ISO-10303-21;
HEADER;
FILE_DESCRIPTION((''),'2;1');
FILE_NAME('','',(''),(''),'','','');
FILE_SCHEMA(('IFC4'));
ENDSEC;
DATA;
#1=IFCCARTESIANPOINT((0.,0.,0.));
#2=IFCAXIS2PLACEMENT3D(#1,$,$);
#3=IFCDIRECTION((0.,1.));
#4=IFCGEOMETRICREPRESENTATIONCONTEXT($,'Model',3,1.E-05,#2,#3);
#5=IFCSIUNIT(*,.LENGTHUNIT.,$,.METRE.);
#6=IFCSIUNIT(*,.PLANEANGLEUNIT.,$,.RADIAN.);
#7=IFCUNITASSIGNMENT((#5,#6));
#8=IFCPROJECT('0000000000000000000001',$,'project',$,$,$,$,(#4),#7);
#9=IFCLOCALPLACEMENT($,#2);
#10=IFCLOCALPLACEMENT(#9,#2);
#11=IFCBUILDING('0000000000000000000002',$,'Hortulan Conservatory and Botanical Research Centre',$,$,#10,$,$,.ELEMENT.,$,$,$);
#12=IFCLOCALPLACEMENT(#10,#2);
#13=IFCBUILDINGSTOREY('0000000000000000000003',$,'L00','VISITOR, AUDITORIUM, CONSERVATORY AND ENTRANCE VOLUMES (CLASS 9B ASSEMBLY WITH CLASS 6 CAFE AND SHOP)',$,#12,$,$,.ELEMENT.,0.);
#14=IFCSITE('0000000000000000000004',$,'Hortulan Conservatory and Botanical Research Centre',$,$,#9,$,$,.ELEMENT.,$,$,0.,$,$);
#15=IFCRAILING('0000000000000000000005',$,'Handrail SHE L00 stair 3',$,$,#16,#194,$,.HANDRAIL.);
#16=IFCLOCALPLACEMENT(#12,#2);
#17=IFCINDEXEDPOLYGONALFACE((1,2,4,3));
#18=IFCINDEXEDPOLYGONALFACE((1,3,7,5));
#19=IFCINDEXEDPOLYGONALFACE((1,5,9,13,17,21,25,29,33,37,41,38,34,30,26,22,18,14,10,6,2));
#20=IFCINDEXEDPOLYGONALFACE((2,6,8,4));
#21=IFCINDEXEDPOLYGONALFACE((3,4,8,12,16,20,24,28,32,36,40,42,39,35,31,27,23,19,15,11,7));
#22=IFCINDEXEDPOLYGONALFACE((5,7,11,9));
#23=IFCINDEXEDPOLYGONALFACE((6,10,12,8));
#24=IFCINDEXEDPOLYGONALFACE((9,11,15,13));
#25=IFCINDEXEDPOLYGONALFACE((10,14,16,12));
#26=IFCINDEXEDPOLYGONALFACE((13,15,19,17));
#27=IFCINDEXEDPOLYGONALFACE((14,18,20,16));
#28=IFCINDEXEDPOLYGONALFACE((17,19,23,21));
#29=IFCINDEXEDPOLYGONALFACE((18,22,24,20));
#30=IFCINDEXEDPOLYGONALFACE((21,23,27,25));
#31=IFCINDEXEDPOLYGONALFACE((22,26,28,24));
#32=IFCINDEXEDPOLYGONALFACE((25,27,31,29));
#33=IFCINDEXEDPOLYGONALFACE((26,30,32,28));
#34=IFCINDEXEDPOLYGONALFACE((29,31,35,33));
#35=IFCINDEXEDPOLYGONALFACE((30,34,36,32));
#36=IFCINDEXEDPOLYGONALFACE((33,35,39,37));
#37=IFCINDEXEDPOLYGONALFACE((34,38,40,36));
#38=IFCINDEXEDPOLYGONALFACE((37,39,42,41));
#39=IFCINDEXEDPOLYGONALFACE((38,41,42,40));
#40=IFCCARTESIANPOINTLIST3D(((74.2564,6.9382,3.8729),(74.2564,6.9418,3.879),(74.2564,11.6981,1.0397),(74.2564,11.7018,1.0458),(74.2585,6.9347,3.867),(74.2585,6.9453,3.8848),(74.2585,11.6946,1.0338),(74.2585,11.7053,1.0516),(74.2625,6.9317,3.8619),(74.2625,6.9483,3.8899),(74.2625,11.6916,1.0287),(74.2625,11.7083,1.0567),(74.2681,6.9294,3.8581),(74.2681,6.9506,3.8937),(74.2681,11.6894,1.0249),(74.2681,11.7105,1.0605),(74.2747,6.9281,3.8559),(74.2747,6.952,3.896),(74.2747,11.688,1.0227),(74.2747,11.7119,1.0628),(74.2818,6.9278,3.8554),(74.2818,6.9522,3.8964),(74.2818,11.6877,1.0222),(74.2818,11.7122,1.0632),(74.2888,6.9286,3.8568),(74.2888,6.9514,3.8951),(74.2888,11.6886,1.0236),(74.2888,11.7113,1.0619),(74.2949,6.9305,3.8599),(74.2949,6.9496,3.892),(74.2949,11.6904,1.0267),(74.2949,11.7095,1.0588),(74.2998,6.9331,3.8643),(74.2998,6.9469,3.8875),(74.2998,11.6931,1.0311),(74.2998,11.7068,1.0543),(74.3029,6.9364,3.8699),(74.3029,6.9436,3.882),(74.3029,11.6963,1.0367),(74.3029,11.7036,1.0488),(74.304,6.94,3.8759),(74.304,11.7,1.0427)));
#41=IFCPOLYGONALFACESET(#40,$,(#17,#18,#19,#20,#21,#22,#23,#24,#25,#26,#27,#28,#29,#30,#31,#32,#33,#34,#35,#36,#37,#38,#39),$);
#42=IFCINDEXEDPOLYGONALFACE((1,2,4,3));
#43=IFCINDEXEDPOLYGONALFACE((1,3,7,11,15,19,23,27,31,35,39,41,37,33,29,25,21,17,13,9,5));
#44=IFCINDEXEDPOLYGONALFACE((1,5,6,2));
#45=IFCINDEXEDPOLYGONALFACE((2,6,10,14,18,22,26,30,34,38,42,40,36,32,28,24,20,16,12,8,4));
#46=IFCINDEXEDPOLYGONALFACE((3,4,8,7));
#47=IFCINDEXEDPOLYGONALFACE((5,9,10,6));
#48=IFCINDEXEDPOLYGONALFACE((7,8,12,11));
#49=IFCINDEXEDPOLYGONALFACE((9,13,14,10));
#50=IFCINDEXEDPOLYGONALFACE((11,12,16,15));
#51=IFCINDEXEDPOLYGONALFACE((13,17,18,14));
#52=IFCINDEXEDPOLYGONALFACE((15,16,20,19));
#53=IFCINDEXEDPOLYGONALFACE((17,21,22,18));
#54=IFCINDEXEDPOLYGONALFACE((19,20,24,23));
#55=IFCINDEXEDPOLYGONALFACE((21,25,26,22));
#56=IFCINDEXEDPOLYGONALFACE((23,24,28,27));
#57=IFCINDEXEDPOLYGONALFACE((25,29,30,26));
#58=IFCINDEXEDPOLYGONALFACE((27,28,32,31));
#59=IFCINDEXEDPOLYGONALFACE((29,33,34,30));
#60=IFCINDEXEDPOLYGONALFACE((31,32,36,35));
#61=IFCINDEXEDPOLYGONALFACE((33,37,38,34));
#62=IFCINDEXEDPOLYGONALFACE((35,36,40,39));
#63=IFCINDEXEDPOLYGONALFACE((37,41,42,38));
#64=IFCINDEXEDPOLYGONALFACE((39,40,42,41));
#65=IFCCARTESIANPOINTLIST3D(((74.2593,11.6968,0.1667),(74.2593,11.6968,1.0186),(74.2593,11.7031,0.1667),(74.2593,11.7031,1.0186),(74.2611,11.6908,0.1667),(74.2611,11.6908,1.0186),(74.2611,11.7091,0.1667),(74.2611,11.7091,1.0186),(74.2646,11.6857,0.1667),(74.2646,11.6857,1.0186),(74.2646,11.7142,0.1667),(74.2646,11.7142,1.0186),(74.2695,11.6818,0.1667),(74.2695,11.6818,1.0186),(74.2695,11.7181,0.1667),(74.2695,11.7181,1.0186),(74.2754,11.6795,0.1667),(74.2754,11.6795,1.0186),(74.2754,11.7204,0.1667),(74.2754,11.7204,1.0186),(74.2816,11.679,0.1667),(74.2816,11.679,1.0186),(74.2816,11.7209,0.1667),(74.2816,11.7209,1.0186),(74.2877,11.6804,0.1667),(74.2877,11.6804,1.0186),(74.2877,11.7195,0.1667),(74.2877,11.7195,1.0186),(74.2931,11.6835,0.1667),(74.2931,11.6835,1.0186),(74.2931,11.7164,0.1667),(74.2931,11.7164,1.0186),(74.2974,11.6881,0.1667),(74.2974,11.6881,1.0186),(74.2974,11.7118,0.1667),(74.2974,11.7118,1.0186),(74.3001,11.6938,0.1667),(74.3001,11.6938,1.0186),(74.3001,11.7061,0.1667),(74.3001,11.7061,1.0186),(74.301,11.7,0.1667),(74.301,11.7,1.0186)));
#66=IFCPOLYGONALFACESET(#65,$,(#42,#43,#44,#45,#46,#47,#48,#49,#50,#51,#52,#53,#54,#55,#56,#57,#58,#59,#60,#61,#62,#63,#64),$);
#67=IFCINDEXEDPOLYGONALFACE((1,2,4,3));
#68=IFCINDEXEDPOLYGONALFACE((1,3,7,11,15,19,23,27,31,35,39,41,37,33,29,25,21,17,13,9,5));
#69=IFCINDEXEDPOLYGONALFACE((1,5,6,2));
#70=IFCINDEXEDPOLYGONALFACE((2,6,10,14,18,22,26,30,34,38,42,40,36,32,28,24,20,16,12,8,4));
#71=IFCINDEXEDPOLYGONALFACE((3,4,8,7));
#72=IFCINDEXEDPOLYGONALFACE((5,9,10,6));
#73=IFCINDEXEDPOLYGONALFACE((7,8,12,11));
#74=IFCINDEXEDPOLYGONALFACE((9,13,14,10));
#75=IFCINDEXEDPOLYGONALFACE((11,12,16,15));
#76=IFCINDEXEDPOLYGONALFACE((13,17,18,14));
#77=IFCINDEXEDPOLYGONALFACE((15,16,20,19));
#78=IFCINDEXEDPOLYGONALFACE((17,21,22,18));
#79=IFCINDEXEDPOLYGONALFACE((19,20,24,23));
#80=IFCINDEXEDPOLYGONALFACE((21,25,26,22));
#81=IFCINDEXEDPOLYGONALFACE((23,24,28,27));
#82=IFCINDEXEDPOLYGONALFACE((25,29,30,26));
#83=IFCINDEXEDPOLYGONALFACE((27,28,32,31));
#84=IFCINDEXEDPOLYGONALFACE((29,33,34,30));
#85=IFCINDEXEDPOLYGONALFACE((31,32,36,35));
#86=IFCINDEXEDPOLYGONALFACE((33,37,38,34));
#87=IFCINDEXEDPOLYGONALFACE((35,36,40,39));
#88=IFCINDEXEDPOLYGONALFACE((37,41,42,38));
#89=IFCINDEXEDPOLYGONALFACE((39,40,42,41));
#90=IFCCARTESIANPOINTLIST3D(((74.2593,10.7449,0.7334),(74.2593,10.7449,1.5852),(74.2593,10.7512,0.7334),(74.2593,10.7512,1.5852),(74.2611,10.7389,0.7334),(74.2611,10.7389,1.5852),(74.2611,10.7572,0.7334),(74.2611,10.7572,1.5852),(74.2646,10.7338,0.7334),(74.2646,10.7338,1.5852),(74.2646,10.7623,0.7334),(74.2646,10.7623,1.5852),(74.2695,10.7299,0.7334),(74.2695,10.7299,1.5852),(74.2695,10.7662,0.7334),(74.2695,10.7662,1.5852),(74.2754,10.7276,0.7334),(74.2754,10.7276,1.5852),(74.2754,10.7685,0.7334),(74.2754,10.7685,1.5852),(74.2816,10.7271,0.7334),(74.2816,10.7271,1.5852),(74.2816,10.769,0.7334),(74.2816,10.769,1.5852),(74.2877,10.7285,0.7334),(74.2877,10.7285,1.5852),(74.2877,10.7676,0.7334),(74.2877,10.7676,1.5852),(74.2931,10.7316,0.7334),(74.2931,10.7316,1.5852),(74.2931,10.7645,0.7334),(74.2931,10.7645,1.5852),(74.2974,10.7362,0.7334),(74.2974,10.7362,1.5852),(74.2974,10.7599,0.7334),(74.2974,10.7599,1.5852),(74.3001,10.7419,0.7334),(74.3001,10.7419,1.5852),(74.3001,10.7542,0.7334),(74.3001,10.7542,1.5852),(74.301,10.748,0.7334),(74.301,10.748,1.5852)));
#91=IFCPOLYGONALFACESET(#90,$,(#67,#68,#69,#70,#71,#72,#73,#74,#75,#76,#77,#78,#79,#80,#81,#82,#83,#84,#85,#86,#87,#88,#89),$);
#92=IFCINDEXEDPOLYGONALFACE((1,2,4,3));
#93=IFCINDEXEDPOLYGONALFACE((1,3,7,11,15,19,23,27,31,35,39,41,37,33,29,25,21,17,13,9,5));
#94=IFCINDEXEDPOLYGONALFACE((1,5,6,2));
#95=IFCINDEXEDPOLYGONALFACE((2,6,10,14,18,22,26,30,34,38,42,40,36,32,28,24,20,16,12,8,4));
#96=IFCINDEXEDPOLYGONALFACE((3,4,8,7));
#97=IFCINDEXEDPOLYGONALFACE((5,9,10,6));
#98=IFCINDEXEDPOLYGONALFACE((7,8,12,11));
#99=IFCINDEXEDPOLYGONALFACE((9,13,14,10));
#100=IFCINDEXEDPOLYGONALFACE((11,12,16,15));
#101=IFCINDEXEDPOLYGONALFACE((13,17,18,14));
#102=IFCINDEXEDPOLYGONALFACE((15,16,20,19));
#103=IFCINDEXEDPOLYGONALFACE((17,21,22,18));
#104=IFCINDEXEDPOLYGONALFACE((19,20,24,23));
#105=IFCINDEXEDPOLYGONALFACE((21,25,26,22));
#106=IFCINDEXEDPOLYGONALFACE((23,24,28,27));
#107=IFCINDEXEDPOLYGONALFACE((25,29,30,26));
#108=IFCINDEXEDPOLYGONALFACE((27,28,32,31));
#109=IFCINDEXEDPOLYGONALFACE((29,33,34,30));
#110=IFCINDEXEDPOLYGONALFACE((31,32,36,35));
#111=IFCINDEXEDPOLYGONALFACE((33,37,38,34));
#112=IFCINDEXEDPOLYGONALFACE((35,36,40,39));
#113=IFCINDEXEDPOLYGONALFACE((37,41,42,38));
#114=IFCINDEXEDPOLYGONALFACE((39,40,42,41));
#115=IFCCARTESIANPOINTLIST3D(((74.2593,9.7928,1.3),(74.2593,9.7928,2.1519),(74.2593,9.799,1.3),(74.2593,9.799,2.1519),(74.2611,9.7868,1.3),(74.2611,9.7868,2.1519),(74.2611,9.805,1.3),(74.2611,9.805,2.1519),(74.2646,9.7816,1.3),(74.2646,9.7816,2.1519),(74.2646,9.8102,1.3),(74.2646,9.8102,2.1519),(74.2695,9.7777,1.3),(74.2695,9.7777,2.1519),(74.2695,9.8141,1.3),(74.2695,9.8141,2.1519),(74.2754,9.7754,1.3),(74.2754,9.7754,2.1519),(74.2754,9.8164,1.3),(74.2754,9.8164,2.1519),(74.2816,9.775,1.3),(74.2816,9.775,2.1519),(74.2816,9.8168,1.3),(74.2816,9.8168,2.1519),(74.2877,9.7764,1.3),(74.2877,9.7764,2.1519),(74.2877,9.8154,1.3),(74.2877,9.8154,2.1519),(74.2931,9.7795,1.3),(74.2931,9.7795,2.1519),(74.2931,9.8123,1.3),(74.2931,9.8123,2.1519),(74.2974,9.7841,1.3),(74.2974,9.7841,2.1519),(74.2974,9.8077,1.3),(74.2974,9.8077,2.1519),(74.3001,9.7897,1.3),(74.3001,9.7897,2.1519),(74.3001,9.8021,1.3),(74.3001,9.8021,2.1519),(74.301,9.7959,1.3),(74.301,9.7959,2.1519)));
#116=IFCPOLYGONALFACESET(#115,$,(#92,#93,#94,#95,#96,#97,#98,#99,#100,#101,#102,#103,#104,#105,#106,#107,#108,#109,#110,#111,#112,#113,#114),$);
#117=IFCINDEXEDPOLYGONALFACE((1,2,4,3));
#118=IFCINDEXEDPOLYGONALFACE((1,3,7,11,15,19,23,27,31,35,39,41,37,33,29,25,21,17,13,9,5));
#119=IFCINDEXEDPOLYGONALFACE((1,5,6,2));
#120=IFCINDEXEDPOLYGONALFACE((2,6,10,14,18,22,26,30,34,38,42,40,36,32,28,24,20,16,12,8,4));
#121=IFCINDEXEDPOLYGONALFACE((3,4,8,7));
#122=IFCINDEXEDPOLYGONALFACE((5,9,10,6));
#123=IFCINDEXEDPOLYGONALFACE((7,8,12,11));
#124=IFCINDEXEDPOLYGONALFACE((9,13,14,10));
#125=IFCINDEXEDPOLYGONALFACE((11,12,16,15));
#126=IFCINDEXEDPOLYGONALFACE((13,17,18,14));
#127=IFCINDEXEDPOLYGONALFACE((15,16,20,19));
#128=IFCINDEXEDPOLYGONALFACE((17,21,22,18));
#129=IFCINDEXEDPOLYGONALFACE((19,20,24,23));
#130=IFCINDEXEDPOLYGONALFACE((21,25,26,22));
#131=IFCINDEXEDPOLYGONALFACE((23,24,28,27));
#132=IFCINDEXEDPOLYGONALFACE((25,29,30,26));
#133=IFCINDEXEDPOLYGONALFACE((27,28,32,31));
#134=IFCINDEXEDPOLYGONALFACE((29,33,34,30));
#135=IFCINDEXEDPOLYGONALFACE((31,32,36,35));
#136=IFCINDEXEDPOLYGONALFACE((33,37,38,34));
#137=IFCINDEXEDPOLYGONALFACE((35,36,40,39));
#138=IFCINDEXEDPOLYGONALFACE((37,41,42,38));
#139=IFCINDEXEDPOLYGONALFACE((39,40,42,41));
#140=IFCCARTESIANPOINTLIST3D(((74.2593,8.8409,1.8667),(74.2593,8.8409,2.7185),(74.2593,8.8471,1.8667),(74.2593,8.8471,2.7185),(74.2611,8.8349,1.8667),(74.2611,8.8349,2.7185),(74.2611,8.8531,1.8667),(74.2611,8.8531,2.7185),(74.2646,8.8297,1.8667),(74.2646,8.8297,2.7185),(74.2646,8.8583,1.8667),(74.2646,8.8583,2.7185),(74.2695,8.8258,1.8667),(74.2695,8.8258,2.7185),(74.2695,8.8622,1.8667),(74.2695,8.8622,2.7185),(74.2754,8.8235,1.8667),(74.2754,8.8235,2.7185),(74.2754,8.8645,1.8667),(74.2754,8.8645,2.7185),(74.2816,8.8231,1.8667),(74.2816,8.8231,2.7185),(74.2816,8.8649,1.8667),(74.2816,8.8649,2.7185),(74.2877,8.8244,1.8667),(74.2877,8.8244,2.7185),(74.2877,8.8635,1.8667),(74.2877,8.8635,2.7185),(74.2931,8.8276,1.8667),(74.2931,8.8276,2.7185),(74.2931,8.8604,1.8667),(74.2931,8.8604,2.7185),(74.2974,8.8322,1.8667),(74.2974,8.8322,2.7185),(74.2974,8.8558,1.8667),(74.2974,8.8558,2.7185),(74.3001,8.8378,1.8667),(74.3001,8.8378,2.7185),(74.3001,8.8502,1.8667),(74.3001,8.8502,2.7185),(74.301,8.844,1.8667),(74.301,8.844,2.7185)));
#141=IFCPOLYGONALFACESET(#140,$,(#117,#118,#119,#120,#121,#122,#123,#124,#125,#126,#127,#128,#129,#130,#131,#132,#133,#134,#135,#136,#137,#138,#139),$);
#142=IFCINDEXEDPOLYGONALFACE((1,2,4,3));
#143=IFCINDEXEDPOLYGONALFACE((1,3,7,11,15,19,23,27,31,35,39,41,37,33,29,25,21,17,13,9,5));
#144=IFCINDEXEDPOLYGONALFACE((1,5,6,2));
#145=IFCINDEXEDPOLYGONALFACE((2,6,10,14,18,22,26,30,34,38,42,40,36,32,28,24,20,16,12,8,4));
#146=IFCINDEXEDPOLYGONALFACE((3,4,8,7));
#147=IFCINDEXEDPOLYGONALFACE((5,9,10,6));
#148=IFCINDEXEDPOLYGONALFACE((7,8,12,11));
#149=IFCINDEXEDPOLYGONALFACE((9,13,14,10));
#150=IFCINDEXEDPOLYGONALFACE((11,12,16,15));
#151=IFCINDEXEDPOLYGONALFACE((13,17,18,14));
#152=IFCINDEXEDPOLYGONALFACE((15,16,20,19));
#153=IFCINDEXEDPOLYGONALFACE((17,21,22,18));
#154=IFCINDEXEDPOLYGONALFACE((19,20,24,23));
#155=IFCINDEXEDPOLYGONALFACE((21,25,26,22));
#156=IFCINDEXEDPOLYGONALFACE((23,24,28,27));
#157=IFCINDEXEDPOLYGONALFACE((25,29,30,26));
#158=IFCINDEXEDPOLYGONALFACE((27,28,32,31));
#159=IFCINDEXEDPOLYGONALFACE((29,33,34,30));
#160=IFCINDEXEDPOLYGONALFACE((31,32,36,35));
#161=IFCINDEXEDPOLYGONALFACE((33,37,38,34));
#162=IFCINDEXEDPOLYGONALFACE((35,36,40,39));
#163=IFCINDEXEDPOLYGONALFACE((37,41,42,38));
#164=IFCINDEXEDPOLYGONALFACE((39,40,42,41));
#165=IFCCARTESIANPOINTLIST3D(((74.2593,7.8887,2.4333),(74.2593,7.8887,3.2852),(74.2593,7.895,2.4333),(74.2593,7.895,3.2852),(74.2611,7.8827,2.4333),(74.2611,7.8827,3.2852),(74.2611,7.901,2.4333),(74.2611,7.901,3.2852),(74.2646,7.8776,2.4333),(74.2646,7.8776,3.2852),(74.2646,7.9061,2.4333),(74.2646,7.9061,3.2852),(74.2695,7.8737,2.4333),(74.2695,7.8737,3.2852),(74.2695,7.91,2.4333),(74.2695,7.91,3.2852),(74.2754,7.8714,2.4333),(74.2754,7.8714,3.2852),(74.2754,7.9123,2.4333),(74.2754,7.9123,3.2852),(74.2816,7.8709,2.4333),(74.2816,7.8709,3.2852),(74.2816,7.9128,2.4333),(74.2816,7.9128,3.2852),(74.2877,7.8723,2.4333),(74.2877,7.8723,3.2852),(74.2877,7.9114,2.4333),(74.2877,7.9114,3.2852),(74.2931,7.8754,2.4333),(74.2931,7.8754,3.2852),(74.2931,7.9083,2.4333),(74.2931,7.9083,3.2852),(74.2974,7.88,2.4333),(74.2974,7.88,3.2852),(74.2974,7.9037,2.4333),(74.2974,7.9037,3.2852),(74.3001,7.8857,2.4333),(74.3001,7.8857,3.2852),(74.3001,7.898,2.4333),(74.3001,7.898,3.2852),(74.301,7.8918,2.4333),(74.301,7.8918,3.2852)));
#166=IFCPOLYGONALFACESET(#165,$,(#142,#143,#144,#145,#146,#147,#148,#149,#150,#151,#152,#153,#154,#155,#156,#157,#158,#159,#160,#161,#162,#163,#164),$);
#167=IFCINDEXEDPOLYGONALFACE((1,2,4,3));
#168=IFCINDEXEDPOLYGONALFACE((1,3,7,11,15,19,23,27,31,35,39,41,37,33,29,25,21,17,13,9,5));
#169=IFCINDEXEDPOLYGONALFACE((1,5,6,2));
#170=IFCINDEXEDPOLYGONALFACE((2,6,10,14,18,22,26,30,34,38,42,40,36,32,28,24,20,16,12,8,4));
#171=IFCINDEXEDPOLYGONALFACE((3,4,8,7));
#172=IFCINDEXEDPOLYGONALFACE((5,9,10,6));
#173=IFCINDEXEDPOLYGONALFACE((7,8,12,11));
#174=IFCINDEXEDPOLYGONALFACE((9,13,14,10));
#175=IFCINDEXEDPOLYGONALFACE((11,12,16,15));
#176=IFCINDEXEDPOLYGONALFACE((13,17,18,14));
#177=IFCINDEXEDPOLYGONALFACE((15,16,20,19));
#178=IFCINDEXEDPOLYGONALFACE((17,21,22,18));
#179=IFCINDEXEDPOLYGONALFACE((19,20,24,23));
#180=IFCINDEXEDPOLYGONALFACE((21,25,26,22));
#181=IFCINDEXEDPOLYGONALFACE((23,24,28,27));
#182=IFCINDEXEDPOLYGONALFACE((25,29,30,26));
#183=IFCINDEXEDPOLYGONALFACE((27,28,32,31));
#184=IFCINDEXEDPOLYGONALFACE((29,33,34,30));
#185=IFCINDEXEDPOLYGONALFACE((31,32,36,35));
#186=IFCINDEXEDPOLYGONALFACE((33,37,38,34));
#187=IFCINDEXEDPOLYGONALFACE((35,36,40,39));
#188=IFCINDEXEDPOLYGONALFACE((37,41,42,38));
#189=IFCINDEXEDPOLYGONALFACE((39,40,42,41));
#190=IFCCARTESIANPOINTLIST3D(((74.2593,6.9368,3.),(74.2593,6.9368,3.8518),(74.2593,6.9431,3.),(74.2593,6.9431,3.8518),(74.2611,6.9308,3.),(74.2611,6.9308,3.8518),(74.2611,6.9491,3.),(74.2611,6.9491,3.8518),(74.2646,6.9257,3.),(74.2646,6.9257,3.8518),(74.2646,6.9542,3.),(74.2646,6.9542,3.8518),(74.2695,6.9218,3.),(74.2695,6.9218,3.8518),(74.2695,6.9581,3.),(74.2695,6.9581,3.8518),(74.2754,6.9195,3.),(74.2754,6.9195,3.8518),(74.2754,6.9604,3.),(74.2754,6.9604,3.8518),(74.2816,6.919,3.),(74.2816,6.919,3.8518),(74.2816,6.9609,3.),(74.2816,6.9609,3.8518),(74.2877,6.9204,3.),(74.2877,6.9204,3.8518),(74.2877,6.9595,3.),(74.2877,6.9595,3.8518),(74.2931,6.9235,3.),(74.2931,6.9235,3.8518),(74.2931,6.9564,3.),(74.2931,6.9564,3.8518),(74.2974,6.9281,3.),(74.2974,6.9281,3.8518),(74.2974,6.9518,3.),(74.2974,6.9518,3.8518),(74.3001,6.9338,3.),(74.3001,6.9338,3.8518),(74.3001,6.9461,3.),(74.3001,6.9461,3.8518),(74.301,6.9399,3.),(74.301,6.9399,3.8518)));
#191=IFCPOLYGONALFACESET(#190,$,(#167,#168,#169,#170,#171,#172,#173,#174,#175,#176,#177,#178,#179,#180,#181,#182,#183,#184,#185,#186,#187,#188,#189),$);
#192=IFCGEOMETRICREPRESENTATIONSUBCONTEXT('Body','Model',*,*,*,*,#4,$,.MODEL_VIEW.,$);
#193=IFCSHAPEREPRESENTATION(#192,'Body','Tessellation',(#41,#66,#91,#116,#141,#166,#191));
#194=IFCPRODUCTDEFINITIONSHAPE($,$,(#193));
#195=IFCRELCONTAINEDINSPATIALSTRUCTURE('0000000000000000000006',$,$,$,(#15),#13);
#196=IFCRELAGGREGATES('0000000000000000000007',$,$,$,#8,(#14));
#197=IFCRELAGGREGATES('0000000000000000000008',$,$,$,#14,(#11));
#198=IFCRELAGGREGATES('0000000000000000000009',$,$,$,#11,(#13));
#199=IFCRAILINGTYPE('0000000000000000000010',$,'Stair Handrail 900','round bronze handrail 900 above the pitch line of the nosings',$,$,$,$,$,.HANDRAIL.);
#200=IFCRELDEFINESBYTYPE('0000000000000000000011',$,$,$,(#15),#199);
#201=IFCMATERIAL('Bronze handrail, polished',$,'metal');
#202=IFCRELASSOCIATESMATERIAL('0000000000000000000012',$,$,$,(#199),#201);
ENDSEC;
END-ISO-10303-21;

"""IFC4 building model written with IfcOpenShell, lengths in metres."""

from ifc_helpers import new_model, si_unit, direction, frame, origin, origin_2d, place, context, subcontext, project, spatial, circle, extrude, material, type_object, element, save


model = new_model("IFC4")

# Units and contexts
model_context = context("Model", 3, precision=1e-05, world=origin(), true_north=direction((0.0, 1.0)))
body_context = subcontext(model_context, "Body", "Model", "MODEL_VIEW")
ifc_project = project(units=[si_unit("LENGTHUNIT", "METRE"), si_unit("PLANEANGLEUNIT", "RADIAN")], contexts=[model_context])

# Site, building, storey
site_placement = place(None, origin())
site = spatial("IfcSite", under=ifc_project, at=site_placement, Name="Hortulan Conservatory and Botanical Research Centre", CompositionType="ELEMENT", RefElevation=0.0)
building_placement = place(site_placement, origin())
building = spatial("IfcBuilding", under=site, at=building_placement, Name="Hortulan Conservatory and Botanical Research Centre", CompositionType="ELEMENT")
storey_placement = place(building_placement, origin())
storey = spatial("IfcBuildingStorey", under=building, at=storey_placement, Name="L00", Description="VISITOR, AUDITORIUM, CONSERVATORY AND ENTRANCE VOLUMES (CLASS 9B ASSEMBLY WITH CLASS 6 CAFE AND SHOP)", CompositionType="ELEMENT", Elevation=0.0)

# Railing
ifc_material_1 = material(Name="Bronze handrail, polished", Category="metal")
railing_type_1 = type_object("IfcRailingType", Name="Stair Handrail 900", Description="round bronze handrail 900 above the pitch line of the nosings", PredefinedType="HANDRAIL", material=ifc_material_1)
for number, where, name in (
    (1, (74.28, 11.7, 0.1667), "Handrail SHE L00 stair 3"),
):
    element("IfcRailing", number, at=place(storey_placement, frame(where)), inside=storey, type_object=railing_type_1, Name=name, PredefinedType="HANDRAIL", context=body_context, shape_type="SweptSolid", body=[
        extrude(circle(Radius=0.0239, at=origin_2d()), frame((0.0, 0.0, 0.876), z_axis=(0.0, -0.8593, 0.511472), x_axis=(1.0, 0.0, 0.0)), (0.0, 0.0, 1.0), 5.5393),
        extrude(circle(Radius=0.021, at=origin_2d()), origin(), (0.0, 0.0, 1.0), 0.8518),
        extrude(circle(Radius=0.021, at=origin_2d()), frame((0.0, -0.9519, 0.5667)), (0.0, 0.0, 1.0), 0.8518),
        extrude(circle(Radius=0.021, at=origin_2d()), frame((0.0, -1.9041, 1.1333)), (0.0, 0.0, 1.0), 0.8518),
        extrude(circle(Radius=0.021, at=origin_2d()), frame((0.0, -2.856, 1.7)), (0.0, 0.0, 1.0), 0.8518),
        extrude(circle(Radius=0.021, at=origin_2d()), frame((0.0, -3.8081, 2.2666)), (0.0, 0.0, 1.0), 0.8518),
        extrude(circle(Radius=0.021, at=origin_2d()), frame((0.0, -4.76, 2.8333)), (0.0, 0.0, 1.0), 0.8518),
    ])

save(model, "model.ifc")
